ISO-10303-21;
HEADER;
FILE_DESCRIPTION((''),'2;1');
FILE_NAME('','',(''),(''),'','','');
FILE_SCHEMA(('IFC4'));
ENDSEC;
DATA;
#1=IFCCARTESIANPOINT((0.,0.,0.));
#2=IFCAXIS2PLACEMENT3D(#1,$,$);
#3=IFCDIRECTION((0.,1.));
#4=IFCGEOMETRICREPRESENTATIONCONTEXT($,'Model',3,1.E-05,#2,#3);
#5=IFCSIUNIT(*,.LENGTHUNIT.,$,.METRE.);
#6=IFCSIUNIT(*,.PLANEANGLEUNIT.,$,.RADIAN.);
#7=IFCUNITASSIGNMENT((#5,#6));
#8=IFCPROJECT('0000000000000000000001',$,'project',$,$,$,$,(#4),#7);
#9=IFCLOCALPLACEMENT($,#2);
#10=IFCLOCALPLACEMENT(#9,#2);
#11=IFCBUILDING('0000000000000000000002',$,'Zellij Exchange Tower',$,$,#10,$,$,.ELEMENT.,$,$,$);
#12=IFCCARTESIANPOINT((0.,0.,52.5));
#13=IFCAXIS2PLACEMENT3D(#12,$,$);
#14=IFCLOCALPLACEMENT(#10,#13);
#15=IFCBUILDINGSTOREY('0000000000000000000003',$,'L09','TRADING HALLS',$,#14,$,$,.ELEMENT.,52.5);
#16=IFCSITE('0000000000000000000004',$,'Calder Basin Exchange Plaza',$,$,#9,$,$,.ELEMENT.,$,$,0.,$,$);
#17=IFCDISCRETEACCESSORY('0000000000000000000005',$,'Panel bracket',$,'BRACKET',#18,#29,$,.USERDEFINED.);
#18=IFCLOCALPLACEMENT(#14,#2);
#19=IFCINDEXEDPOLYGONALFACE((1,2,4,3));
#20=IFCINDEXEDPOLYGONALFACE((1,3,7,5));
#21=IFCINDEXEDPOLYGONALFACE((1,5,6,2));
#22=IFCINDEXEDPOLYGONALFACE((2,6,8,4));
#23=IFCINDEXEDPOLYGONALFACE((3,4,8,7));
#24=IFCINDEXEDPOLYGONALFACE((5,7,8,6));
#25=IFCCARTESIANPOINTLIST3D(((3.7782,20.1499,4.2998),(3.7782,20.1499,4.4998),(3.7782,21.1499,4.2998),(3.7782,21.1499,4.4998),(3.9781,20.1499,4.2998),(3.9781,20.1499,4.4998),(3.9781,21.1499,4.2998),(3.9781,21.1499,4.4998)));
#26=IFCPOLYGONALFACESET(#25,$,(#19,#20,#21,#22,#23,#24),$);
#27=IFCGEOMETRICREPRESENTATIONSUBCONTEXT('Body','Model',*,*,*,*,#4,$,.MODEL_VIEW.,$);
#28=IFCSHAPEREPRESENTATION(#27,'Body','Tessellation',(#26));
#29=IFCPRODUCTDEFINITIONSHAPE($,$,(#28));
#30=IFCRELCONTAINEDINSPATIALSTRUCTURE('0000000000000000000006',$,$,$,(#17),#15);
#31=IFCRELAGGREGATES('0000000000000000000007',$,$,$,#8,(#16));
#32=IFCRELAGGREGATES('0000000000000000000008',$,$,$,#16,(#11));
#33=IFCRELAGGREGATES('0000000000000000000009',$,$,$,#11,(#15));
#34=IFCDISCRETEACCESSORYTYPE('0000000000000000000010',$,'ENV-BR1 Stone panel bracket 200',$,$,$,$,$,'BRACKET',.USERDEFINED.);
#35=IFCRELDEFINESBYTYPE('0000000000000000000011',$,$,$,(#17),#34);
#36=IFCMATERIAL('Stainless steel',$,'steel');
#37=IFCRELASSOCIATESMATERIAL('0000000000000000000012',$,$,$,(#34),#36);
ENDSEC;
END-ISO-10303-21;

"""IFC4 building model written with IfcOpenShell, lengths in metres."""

from ifc_helpers import new_model, si_unit, direction, frame, origin, origin_2d, place, context, subcontext, project, spatial, rectangle, extrude, material, type_object, element, save


model = new_model("IFC4")

# Units and contexts
model_context = context("Model", 3, precision=1e-05, world=origin(), true_north=direction((0.0, 1.0)))
body_context = subcontext(model_context, "Body", "Model", "MODEL_VIEW")
ifc_project = project(units=[si_unit("LENGTHUNIT", "METRE"), si_unit("PLANEANGLEUNIT", "RADIAN")], contexts=[model_context])

# Site, building, storey
site_placement = place(None, origin())
site = spatial("IfcSite", under=ifc_project, at=site_placement, Name="Calder Basin Exchange Plaza", CompositionType="ELEMENT", RefElevation=0.0)
building_placement = place(site_placement, origin())
building = spatial("IfcBuilding", under=site, at=building_placement, Name="Zellij Exchange Tower", CompositionType="ELEMENT")
storey_placement = place(building_placement, frame((0.0, 0.0, 52.5)))
storey = spatial("IfcBuildingStorey", under=building, at=storey_placement, Name="L09", Description="TRADING HALLS", CompositionType="ELEMENT", Elevation=52.5)

# Discrete accessory
ifc_material_1 = material(Name="Stainless steel", Category="steel")
discrete_accessory_type = type_object("IfcDiscreteAccessoryType", Name="ENV-BR1 Stone panel bracket 200", ElementType="BRACKET", PredefinedType="USERDEFINED", material=ifc_material_1)
for number, where, z_axis, x_axis, name in (
    (1, (3.8782, 20.6499, 4.2998), (0.0, 0.0, 1.0), (-1.0, 0.0, 0.0), "Panel bracket"),
):
    element("IfcDiscreteAccessory", number, at=place(storey_placement, frame(where, z_axis=z_axis, x_axis=x_axis)), inside=storey, type_object=discrete_accessory_type, Name=name, ObjectType="BRACKET", PredefinedType="USERDEFINED", context=body_context, shape_type="SweptSolid", body=[
        extrude(rectangle(XDim=0.2, YDim=1.0, at=origin_2d()), origin(), (0.0, 0.0, 1.0), 0.2),
    ])

save(model, "model.ifc")
